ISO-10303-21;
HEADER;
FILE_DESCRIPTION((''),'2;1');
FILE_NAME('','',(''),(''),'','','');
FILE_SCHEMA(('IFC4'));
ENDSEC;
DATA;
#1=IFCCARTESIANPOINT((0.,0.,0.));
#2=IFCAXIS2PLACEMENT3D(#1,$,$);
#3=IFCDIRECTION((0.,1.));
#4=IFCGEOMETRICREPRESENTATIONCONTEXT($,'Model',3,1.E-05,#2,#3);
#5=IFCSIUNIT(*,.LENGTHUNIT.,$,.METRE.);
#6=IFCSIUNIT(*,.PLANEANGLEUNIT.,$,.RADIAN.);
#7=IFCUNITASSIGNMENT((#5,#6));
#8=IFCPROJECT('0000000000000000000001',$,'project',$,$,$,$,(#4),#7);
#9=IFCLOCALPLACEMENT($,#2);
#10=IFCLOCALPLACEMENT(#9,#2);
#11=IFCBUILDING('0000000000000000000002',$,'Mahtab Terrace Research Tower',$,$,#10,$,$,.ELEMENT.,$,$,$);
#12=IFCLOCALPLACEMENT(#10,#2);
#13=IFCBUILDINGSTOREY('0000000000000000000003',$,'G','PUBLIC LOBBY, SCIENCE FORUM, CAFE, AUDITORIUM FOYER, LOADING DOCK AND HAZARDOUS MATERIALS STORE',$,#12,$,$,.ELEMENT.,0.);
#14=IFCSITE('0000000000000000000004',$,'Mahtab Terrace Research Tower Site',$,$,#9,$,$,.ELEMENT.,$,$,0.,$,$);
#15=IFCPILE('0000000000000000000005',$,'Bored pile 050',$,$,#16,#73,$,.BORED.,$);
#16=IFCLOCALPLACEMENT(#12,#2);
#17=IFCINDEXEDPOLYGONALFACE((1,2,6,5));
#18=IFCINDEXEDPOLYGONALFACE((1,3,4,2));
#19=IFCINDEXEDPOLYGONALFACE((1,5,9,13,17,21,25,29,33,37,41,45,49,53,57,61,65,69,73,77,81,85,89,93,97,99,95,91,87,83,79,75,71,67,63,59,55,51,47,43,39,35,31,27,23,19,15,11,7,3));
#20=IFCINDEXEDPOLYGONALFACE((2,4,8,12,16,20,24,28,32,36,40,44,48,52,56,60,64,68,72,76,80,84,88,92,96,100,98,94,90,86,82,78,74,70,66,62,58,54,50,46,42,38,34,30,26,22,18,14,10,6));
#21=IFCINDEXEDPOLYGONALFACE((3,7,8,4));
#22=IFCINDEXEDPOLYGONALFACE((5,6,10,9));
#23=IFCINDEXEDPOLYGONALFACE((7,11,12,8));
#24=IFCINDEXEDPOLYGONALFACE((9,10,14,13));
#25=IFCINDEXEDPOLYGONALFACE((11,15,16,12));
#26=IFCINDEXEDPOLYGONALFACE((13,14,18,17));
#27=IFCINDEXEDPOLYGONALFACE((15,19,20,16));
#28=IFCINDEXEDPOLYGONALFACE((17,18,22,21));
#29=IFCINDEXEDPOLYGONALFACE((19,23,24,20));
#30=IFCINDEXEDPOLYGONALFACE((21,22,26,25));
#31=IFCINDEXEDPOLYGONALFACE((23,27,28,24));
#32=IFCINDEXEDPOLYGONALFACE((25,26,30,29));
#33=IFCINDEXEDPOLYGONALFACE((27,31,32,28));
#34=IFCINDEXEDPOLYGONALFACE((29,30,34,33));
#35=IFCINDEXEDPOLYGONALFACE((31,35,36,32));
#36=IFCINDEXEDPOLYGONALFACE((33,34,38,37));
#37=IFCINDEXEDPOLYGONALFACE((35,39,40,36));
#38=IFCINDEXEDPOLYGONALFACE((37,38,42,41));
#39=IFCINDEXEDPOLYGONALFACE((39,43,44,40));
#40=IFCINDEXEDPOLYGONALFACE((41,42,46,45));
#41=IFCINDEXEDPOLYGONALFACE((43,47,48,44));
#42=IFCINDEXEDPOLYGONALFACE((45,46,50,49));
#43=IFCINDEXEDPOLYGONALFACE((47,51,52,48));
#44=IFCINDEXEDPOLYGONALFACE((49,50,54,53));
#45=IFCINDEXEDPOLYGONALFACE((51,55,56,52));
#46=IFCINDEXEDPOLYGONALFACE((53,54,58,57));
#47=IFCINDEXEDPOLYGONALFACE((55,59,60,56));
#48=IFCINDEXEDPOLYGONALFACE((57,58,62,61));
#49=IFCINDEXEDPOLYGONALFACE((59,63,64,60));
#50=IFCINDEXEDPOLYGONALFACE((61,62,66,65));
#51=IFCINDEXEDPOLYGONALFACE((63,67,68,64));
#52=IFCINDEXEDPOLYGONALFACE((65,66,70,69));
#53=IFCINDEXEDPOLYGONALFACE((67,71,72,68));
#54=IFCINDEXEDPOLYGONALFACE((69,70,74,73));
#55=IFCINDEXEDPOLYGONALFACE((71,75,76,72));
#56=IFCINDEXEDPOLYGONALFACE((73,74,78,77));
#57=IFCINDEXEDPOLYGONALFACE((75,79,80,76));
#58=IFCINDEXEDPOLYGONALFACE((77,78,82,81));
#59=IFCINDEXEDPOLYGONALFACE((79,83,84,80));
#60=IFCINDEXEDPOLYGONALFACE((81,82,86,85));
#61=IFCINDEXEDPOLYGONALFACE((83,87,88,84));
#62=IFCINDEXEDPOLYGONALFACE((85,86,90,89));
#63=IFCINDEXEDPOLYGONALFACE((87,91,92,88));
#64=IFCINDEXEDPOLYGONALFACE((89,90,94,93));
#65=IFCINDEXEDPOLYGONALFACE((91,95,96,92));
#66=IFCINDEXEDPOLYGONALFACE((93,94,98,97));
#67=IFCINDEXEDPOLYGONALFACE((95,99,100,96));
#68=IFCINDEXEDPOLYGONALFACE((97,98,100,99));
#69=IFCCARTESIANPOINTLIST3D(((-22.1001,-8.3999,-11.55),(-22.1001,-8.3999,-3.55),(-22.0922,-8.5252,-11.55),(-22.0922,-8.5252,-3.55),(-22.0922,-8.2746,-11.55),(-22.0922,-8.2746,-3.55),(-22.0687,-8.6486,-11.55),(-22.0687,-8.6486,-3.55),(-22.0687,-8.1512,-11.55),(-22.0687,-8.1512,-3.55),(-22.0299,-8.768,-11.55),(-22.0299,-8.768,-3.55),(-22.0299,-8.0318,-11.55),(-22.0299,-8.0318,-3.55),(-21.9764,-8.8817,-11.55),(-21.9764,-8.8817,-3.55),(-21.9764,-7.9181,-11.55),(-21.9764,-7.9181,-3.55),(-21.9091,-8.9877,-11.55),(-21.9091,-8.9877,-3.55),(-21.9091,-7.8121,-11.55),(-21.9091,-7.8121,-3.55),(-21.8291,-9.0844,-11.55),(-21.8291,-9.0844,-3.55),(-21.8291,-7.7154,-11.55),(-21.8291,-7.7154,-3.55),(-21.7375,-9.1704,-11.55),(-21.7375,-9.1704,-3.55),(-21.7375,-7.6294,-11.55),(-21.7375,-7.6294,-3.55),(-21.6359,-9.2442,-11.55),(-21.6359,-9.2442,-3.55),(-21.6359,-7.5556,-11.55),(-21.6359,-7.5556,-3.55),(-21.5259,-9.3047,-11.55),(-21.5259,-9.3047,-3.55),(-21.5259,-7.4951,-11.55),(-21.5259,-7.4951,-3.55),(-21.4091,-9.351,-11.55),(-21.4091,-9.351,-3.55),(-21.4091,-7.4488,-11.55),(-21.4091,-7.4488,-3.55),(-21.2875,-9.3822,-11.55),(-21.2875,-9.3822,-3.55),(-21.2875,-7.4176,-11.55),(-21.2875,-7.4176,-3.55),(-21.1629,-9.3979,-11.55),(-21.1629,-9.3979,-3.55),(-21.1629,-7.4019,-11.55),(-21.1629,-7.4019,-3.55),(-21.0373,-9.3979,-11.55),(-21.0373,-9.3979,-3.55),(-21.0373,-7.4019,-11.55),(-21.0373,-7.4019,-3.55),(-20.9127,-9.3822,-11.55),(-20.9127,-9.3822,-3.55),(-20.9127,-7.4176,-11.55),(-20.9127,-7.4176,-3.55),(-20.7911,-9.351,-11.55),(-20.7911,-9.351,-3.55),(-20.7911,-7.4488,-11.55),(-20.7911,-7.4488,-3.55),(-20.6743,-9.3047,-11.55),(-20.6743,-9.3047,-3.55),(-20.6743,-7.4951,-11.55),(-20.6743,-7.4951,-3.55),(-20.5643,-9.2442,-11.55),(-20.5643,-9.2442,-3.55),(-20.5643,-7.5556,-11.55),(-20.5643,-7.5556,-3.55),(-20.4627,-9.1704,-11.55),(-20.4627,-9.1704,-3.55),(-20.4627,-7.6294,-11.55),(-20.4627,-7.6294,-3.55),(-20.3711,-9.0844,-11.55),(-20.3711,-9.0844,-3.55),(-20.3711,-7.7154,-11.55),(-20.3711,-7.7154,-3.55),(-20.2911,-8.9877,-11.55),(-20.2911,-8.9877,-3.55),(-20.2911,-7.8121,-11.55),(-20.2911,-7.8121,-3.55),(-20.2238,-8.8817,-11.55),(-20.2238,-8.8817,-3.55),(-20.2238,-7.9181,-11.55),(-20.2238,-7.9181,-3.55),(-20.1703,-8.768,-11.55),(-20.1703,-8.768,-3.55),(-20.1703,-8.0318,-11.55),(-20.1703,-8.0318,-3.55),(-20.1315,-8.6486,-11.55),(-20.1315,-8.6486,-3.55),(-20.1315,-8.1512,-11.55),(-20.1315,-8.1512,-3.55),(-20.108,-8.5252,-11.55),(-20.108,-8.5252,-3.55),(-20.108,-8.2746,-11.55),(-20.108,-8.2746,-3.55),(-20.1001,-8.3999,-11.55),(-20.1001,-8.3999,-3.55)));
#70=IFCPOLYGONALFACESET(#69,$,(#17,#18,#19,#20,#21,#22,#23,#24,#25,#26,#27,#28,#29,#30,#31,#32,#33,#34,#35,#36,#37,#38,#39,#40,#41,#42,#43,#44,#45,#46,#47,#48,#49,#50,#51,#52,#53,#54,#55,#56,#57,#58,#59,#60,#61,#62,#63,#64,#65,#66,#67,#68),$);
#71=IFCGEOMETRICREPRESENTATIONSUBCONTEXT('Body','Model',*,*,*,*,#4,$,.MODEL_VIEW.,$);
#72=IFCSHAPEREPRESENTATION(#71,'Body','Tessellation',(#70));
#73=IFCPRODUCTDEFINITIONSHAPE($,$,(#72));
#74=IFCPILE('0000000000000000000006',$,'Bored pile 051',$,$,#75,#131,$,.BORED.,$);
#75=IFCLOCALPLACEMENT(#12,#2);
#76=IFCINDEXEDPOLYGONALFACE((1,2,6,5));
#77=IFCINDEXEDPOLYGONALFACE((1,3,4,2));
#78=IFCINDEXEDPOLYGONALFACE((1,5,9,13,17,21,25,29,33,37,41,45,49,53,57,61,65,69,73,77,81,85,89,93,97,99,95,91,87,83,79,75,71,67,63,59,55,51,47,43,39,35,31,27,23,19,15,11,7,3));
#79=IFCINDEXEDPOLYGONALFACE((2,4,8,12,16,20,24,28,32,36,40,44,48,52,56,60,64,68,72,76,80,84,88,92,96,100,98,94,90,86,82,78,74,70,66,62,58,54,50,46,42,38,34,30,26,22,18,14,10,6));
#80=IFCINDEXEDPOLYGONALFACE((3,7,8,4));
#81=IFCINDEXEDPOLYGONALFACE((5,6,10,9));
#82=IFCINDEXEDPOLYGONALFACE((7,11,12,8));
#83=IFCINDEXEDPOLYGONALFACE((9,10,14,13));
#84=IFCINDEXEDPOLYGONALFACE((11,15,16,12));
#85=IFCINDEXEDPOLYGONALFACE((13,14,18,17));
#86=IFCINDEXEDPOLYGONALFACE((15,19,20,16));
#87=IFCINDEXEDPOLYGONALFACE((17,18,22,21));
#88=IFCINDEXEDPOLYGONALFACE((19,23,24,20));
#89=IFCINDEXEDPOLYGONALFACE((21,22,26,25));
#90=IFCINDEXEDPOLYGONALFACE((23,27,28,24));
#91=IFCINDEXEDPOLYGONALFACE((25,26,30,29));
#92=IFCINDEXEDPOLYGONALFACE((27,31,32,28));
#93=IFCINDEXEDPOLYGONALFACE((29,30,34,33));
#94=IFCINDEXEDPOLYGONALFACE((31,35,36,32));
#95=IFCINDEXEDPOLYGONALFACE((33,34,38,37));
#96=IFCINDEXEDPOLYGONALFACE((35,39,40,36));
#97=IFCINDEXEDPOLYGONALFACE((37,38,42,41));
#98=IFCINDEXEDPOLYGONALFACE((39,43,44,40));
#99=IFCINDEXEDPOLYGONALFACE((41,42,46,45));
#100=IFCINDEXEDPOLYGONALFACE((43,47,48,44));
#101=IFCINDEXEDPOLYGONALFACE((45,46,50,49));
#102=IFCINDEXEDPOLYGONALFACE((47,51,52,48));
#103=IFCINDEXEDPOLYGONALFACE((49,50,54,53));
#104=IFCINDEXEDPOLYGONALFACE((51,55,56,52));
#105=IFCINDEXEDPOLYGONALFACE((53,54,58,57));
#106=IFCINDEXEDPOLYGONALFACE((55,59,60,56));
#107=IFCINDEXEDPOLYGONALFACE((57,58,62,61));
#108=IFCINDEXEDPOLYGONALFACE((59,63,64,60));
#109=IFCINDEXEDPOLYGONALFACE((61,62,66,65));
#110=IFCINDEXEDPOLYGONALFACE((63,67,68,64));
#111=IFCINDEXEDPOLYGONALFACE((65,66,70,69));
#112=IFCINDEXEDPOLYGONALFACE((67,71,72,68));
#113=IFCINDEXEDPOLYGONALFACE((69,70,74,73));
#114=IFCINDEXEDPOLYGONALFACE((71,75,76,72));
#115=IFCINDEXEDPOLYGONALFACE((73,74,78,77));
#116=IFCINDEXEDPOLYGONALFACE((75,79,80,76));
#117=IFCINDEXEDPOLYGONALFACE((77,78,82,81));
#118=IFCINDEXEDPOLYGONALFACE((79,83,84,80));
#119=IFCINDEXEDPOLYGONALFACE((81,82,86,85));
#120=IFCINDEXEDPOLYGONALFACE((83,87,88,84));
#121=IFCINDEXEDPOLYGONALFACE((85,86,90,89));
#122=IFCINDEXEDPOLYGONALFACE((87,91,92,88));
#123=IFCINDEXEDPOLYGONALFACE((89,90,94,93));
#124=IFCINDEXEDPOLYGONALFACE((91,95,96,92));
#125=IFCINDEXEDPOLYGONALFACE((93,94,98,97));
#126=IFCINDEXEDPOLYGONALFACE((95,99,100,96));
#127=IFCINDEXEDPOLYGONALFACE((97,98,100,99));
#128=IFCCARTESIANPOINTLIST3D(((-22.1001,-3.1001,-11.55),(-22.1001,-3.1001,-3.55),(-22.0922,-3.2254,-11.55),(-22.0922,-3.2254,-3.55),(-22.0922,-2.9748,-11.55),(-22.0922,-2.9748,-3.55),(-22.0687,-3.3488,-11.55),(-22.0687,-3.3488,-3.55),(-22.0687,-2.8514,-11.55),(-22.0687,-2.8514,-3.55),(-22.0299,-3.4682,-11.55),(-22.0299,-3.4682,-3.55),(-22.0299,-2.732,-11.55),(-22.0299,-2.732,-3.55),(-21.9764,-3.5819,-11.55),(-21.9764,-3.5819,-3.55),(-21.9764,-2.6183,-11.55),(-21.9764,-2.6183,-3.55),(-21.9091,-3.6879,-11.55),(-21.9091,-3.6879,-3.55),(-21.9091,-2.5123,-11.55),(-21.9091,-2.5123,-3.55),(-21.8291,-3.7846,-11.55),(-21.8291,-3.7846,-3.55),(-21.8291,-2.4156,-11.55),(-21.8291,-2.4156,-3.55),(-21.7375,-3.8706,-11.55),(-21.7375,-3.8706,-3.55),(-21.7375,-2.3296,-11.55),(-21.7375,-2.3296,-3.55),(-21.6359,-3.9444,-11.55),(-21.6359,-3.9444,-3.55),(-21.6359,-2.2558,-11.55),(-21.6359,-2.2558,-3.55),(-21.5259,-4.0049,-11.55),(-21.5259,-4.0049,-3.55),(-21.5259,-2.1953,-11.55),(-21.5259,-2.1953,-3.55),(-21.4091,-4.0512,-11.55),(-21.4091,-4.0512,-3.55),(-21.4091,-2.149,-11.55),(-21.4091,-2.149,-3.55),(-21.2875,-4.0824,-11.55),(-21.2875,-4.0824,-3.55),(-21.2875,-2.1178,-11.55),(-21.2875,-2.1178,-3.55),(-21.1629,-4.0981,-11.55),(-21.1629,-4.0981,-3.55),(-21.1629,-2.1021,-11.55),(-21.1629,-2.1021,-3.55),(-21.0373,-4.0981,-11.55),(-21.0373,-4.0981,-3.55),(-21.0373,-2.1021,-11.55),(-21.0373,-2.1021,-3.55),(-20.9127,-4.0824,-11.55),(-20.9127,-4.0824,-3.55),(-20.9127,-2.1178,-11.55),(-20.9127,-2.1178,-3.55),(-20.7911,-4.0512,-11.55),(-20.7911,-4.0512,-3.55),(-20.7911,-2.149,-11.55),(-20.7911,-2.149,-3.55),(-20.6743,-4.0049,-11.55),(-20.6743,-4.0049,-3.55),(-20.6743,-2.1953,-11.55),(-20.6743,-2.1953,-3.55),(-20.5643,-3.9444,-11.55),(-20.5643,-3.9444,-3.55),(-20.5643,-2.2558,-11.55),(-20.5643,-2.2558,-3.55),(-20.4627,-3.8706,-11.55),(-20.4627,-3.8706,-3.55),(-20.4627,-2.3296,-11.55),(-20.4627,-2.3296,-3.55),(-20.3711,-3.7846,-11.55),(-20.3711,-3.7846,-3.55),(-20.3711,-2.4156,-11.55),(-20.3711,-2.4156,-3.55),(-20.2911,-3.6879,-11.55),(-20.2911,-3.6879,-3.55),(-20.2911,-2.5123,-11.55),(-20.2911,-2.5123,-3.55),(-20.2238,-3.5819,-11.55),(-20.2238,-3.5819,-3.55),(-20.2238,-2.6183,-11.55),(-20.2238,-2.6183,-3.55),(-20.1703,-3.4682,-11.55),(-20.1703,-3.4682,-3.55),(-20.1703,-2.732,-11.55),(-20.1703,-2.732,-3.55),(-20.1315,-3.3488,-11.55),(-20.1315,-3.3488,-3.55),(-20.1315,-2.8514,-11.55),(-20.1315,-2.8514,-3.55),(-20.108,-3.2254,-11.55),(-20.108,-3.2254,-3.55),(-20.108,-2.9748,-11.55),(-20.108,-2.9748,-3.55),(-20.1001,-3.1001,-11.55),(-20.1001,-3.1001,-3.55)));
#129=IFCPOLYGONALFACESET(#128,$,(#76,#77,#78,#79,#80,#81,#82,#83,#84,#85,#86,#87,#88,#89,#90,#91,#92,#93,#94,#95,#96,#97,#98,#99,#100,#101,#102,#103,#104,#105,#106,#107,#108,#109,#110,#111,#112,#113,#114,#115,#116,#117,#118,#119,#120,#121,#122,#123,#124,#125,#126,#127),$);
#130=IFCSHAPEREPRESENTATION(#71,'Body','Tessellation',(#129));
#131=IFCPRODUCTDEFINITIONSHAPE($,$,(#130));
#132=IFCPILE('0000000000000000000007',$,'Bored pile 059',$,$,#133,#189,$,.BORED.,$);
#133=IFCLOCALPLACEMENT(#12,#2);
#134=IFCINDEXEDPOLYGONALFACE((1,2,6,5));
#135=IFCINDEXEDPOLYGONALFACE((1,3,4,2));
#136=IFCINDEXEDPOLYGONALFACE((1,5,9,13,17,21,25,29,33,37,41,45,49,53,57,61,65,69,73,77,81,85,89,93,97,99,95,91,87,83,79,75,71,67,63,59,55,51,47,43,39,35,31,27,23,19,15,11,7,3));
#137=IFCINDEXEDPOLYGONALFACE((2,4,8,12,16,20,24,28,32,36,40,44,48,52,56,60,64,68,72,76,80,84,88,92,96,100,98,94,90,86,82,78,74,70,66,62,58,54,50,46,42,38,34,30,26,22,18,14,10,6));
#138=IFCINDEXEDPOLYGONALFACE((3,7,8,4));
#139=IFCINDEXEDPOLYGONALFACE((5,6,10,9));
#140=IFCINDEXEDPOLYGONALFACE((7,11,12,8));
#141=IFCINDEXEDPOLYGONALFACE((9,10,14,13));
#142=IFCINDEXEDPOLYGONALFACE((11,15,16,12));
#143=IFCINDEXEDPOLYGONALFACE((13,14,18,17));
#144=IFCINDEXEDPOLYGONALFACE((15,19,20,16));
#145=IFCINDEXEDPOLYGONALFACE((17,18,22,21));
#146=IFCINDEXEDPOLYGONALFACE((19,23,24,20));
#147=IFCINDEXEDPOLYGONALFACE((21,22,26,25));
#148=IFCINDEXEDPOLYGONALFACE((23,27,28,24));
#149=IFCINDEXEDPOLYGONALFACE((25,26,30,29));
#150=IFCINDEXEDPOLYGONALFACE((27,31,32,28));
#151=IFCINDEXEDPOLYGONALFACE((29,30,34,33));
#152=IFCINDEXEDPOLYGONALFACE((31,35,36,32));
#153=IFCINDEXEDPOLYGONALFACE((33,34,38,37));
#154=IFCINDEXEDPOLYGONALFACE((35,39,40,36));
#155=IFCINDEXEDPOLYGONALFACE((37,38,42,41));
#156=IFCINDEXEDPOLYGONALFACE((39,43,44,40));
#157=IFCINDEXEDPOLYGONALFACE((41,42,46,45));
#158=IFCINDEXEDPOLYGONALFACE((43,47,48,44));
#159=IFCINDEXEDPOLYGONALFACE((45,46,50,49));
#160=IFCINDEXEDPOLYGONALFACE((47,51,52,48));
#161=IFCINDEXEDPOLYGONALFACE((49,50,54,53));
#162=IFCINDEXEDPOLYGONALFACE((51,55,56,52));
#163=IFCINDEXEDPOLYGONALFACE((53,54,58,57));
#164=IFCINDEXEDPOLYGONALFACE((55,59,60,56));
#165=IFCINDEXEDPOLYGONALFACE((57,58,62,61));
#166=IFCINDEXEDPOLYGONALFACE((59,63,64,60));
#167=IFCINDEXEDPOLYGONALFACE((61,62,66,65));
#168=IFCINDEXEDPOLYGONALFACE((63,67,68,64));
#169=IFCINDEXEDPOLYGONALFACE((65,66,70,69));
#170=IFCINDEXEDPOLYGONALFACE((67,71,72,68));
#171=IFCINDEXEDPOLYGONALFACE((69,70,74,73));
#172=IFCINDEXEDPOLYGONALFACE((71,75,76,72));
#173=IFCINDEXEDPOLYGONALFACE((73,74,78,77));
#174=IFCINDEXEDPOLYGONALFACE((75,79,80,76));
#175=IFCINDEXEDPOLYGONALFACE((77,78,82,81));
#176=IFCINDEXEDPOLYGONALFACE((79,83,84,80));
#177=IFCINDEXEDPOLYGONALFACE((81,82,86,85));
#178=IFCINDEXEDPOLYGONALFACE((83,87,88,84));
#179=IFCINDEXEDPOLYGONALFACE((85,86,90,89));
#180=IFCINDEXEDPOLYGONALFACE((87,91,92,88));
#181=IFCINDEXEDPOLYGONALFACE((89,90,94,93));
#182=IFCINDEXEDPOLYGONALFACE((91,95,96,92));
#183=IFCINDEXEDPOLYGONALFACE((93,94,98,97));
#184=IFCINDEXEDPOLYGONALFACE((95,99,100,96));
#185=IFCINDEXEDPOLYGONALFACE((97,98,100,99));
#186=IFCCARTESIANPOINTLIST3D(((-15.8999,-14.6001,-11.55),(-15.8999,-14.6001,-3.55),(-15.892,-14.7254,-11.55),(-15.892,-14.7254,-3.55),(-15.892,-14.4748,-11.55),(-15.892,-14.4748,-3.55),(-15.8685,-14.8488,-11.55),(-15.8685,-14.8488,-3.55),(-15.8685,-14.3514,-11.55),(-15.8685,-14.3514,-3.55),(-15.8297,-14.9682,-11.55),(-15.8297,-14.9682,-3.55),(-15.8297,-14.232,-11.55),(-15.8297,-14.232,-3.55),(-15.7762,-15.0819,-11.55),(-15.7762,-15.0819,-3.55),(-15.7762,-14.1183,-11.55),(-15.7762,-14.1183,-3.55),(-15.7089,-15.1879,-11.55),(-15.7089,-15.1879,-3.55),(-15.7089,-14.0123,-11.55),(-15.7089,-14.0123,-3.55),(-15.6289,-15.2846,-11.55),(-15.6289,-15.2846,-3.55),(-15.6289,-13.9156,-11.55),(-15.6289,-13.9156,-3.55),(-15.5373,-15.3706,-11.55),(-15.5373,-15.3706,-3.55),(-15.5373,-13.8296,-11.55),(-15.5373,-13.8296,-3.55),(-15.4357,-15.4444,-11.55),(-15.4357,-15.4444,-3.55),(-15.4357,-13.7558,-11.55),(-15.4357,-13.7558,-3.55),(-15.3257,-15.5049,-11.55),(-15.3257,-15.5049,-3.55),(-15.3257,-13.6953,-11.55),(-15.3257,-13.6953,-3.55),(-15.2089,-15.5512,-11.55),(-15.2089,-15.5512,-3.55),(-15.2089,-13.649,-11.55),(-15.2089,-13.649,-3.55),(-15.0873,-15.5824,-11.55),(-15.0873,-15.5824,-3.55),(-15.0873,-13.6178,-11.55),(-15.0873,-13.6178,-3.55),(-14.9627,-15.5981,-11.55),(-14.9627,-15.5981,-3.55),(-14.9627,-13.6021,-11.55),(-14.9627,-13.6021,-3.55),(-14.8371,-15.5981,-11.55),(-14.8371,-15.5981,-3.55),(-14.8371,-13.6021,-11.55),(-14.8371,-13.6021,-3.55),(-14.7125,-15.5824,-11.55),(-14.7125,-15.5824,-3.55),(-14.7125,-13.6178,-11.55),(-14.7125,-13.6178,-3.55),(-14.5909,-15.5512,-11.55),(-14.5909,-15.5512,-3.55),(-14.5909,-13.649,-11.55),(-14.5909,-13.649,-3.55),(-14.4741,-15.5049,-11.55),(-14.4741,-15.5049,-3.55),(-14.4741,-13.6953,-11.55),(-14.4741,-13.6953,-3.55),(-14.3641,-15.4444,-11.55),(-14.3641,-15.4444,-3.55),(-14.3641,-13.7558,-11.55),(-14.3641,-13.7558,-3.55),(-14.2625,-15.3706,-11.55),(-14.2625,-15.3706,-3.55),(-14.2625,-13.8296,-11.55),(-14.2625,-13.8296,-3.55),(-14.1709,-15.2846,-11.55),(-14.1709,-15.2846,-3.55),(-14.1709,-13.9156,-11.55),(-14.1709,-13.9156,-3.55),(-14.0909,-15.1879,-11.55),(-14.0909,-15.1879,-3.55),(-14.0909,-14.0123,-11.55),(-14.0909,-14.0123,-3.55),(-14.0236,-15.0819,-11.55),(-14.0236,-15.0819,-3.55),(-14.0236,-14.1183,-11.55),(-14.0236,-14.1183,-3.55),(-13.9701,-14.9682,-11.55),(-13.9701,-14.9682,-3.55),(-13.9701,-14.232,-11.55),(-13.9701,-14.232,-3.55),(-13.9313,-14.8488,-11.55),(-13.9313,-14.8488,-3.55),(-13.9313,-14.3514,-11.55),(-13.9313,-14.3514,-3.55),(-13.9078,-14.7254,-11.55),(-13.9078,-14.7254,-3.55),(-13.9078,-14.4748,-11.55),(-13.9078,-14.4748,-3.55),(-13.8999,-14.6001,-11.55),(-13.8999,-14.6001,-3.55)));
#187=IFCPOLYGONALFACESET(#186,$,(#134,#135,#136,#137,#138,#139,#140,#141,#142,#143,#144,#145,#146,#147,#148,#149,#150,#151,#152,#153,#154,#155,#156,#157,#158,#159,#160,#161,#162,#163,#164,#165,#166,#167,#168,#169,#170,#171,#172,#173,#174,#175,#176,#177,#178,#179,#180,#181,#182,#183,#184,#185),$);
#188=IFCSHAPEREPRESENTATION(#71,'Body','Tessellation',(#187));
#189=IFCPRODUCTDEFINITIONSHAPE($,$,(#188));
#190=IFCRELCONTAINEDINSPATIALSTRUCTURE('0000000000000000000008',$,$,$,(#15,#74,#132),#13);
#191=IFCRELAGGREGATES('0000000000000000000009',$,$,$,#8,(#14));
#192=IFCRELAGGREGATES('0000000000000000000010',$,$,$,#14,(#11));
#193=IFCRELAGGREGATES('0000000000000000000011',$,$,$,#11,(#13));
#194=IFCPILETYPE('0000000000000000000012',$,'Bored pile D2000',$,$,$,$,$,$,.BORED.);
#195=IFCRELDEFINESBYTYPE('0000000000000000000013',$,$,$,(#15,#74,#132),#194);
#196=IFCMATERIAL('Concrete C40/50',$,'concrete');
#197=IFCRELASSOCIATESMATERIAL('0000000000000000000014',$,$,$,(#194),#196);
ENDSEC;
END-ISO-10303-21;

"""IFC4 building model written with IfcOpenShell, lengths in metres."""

from ifc_helpers import new_model, si_unit, direction, frame, origin, origin_2d, place, context, subcontext, project, spatial, circle, extrude, material, material_profile, profile_set, type_object, element, save


model = new_model("IFC4")

# Units and contexts
model_context = context("Model", 3, precision=1e-05, world=origin(), true_north=direction((0.0, 1.0)))
body_context = subcontext(model_context, "Body", "Model", "MODEL_VIEW")
ifc_project = project(units=[si_unit("LENGTHUNIT", "METRE"), si_unit("PLANEANGLEUNIT", "RADIAN")], contexts=[model_context])

# Site, building, storey
site_placement = place(None, origin())
site = spatial("IfcSite", under=ifc_project, at=site_placement, Name="Mahtab Terrace Research Tower Site", CompositionType="ELEMENT", RefElevation=0.0)
building_placement = place(site_placement, origin())
building = spatial("IfcBuilding", under=site, at=building_placement, Name="Mahtab Terrace Research Tower", CompositionType="ELEMENT")
storey_placement = place(building_placement, origin())
storey = spatial("IfcBuildingStorey", under=building, at=storey_placement, Name="G", Description="PUBLIC LOBBY, SCIENCE FORUM, CAFE, AUDITORIUM FOYER, LOADING DOCK AND HAZARDOUS MATERIALS STORE", CompositionType="ELEMENT", Elevation=0.0)

# Piles
ifc_material_1 = material(Name="Concrete C40/50", Category="concrete")
ifc_material_profile_1 = material_profile(ifc_material_1, circle(Radius=1.0, at=origin_2d()), Name="Bored pile D2000")
ifc_profile_set_1 = profile_set([ifc_material_profile_1], Name="Concrete C40/50")
pile_type = type_object("IfcPileType", Name="Bored pile D2000", PredefinedType="BORED", material=ifc_profile_set_1)
for number, where, z_axis, x_axis, name in (
    (1, (-21.1001, -8.3999, -3.55), (0.0, 0.0, -1.0), (1.0, 0.0, 0.0), "Bored pile 050"),
    (2, (-21.1001, -3.1001, -3.55), (0.0, 0.0, -1.0), (1.0, 0.0, 0.0), "Bored pile 051"),
    (3, (-14.8999, -14.6001, -3.55), (0.0, 0.0, -1.0), (1.0, 0.0, 0.0), "Bored pile 059"),
):
    element("IfcPile", number, at=place(storey_placement, frame(where, z_axis=z_axis, x_axis=x_axis)), inside=storey, type_object=pile_type, Name=name, PredefinedType="BORED", context=body_context, shape_type="SweptSolid", body=[
        extrude(circle(Radius=1.0, at=origin_2d()), origin(), (0.0, 0.0, 1.0), 8.0),
    ])

save(model, "model.ifc")
